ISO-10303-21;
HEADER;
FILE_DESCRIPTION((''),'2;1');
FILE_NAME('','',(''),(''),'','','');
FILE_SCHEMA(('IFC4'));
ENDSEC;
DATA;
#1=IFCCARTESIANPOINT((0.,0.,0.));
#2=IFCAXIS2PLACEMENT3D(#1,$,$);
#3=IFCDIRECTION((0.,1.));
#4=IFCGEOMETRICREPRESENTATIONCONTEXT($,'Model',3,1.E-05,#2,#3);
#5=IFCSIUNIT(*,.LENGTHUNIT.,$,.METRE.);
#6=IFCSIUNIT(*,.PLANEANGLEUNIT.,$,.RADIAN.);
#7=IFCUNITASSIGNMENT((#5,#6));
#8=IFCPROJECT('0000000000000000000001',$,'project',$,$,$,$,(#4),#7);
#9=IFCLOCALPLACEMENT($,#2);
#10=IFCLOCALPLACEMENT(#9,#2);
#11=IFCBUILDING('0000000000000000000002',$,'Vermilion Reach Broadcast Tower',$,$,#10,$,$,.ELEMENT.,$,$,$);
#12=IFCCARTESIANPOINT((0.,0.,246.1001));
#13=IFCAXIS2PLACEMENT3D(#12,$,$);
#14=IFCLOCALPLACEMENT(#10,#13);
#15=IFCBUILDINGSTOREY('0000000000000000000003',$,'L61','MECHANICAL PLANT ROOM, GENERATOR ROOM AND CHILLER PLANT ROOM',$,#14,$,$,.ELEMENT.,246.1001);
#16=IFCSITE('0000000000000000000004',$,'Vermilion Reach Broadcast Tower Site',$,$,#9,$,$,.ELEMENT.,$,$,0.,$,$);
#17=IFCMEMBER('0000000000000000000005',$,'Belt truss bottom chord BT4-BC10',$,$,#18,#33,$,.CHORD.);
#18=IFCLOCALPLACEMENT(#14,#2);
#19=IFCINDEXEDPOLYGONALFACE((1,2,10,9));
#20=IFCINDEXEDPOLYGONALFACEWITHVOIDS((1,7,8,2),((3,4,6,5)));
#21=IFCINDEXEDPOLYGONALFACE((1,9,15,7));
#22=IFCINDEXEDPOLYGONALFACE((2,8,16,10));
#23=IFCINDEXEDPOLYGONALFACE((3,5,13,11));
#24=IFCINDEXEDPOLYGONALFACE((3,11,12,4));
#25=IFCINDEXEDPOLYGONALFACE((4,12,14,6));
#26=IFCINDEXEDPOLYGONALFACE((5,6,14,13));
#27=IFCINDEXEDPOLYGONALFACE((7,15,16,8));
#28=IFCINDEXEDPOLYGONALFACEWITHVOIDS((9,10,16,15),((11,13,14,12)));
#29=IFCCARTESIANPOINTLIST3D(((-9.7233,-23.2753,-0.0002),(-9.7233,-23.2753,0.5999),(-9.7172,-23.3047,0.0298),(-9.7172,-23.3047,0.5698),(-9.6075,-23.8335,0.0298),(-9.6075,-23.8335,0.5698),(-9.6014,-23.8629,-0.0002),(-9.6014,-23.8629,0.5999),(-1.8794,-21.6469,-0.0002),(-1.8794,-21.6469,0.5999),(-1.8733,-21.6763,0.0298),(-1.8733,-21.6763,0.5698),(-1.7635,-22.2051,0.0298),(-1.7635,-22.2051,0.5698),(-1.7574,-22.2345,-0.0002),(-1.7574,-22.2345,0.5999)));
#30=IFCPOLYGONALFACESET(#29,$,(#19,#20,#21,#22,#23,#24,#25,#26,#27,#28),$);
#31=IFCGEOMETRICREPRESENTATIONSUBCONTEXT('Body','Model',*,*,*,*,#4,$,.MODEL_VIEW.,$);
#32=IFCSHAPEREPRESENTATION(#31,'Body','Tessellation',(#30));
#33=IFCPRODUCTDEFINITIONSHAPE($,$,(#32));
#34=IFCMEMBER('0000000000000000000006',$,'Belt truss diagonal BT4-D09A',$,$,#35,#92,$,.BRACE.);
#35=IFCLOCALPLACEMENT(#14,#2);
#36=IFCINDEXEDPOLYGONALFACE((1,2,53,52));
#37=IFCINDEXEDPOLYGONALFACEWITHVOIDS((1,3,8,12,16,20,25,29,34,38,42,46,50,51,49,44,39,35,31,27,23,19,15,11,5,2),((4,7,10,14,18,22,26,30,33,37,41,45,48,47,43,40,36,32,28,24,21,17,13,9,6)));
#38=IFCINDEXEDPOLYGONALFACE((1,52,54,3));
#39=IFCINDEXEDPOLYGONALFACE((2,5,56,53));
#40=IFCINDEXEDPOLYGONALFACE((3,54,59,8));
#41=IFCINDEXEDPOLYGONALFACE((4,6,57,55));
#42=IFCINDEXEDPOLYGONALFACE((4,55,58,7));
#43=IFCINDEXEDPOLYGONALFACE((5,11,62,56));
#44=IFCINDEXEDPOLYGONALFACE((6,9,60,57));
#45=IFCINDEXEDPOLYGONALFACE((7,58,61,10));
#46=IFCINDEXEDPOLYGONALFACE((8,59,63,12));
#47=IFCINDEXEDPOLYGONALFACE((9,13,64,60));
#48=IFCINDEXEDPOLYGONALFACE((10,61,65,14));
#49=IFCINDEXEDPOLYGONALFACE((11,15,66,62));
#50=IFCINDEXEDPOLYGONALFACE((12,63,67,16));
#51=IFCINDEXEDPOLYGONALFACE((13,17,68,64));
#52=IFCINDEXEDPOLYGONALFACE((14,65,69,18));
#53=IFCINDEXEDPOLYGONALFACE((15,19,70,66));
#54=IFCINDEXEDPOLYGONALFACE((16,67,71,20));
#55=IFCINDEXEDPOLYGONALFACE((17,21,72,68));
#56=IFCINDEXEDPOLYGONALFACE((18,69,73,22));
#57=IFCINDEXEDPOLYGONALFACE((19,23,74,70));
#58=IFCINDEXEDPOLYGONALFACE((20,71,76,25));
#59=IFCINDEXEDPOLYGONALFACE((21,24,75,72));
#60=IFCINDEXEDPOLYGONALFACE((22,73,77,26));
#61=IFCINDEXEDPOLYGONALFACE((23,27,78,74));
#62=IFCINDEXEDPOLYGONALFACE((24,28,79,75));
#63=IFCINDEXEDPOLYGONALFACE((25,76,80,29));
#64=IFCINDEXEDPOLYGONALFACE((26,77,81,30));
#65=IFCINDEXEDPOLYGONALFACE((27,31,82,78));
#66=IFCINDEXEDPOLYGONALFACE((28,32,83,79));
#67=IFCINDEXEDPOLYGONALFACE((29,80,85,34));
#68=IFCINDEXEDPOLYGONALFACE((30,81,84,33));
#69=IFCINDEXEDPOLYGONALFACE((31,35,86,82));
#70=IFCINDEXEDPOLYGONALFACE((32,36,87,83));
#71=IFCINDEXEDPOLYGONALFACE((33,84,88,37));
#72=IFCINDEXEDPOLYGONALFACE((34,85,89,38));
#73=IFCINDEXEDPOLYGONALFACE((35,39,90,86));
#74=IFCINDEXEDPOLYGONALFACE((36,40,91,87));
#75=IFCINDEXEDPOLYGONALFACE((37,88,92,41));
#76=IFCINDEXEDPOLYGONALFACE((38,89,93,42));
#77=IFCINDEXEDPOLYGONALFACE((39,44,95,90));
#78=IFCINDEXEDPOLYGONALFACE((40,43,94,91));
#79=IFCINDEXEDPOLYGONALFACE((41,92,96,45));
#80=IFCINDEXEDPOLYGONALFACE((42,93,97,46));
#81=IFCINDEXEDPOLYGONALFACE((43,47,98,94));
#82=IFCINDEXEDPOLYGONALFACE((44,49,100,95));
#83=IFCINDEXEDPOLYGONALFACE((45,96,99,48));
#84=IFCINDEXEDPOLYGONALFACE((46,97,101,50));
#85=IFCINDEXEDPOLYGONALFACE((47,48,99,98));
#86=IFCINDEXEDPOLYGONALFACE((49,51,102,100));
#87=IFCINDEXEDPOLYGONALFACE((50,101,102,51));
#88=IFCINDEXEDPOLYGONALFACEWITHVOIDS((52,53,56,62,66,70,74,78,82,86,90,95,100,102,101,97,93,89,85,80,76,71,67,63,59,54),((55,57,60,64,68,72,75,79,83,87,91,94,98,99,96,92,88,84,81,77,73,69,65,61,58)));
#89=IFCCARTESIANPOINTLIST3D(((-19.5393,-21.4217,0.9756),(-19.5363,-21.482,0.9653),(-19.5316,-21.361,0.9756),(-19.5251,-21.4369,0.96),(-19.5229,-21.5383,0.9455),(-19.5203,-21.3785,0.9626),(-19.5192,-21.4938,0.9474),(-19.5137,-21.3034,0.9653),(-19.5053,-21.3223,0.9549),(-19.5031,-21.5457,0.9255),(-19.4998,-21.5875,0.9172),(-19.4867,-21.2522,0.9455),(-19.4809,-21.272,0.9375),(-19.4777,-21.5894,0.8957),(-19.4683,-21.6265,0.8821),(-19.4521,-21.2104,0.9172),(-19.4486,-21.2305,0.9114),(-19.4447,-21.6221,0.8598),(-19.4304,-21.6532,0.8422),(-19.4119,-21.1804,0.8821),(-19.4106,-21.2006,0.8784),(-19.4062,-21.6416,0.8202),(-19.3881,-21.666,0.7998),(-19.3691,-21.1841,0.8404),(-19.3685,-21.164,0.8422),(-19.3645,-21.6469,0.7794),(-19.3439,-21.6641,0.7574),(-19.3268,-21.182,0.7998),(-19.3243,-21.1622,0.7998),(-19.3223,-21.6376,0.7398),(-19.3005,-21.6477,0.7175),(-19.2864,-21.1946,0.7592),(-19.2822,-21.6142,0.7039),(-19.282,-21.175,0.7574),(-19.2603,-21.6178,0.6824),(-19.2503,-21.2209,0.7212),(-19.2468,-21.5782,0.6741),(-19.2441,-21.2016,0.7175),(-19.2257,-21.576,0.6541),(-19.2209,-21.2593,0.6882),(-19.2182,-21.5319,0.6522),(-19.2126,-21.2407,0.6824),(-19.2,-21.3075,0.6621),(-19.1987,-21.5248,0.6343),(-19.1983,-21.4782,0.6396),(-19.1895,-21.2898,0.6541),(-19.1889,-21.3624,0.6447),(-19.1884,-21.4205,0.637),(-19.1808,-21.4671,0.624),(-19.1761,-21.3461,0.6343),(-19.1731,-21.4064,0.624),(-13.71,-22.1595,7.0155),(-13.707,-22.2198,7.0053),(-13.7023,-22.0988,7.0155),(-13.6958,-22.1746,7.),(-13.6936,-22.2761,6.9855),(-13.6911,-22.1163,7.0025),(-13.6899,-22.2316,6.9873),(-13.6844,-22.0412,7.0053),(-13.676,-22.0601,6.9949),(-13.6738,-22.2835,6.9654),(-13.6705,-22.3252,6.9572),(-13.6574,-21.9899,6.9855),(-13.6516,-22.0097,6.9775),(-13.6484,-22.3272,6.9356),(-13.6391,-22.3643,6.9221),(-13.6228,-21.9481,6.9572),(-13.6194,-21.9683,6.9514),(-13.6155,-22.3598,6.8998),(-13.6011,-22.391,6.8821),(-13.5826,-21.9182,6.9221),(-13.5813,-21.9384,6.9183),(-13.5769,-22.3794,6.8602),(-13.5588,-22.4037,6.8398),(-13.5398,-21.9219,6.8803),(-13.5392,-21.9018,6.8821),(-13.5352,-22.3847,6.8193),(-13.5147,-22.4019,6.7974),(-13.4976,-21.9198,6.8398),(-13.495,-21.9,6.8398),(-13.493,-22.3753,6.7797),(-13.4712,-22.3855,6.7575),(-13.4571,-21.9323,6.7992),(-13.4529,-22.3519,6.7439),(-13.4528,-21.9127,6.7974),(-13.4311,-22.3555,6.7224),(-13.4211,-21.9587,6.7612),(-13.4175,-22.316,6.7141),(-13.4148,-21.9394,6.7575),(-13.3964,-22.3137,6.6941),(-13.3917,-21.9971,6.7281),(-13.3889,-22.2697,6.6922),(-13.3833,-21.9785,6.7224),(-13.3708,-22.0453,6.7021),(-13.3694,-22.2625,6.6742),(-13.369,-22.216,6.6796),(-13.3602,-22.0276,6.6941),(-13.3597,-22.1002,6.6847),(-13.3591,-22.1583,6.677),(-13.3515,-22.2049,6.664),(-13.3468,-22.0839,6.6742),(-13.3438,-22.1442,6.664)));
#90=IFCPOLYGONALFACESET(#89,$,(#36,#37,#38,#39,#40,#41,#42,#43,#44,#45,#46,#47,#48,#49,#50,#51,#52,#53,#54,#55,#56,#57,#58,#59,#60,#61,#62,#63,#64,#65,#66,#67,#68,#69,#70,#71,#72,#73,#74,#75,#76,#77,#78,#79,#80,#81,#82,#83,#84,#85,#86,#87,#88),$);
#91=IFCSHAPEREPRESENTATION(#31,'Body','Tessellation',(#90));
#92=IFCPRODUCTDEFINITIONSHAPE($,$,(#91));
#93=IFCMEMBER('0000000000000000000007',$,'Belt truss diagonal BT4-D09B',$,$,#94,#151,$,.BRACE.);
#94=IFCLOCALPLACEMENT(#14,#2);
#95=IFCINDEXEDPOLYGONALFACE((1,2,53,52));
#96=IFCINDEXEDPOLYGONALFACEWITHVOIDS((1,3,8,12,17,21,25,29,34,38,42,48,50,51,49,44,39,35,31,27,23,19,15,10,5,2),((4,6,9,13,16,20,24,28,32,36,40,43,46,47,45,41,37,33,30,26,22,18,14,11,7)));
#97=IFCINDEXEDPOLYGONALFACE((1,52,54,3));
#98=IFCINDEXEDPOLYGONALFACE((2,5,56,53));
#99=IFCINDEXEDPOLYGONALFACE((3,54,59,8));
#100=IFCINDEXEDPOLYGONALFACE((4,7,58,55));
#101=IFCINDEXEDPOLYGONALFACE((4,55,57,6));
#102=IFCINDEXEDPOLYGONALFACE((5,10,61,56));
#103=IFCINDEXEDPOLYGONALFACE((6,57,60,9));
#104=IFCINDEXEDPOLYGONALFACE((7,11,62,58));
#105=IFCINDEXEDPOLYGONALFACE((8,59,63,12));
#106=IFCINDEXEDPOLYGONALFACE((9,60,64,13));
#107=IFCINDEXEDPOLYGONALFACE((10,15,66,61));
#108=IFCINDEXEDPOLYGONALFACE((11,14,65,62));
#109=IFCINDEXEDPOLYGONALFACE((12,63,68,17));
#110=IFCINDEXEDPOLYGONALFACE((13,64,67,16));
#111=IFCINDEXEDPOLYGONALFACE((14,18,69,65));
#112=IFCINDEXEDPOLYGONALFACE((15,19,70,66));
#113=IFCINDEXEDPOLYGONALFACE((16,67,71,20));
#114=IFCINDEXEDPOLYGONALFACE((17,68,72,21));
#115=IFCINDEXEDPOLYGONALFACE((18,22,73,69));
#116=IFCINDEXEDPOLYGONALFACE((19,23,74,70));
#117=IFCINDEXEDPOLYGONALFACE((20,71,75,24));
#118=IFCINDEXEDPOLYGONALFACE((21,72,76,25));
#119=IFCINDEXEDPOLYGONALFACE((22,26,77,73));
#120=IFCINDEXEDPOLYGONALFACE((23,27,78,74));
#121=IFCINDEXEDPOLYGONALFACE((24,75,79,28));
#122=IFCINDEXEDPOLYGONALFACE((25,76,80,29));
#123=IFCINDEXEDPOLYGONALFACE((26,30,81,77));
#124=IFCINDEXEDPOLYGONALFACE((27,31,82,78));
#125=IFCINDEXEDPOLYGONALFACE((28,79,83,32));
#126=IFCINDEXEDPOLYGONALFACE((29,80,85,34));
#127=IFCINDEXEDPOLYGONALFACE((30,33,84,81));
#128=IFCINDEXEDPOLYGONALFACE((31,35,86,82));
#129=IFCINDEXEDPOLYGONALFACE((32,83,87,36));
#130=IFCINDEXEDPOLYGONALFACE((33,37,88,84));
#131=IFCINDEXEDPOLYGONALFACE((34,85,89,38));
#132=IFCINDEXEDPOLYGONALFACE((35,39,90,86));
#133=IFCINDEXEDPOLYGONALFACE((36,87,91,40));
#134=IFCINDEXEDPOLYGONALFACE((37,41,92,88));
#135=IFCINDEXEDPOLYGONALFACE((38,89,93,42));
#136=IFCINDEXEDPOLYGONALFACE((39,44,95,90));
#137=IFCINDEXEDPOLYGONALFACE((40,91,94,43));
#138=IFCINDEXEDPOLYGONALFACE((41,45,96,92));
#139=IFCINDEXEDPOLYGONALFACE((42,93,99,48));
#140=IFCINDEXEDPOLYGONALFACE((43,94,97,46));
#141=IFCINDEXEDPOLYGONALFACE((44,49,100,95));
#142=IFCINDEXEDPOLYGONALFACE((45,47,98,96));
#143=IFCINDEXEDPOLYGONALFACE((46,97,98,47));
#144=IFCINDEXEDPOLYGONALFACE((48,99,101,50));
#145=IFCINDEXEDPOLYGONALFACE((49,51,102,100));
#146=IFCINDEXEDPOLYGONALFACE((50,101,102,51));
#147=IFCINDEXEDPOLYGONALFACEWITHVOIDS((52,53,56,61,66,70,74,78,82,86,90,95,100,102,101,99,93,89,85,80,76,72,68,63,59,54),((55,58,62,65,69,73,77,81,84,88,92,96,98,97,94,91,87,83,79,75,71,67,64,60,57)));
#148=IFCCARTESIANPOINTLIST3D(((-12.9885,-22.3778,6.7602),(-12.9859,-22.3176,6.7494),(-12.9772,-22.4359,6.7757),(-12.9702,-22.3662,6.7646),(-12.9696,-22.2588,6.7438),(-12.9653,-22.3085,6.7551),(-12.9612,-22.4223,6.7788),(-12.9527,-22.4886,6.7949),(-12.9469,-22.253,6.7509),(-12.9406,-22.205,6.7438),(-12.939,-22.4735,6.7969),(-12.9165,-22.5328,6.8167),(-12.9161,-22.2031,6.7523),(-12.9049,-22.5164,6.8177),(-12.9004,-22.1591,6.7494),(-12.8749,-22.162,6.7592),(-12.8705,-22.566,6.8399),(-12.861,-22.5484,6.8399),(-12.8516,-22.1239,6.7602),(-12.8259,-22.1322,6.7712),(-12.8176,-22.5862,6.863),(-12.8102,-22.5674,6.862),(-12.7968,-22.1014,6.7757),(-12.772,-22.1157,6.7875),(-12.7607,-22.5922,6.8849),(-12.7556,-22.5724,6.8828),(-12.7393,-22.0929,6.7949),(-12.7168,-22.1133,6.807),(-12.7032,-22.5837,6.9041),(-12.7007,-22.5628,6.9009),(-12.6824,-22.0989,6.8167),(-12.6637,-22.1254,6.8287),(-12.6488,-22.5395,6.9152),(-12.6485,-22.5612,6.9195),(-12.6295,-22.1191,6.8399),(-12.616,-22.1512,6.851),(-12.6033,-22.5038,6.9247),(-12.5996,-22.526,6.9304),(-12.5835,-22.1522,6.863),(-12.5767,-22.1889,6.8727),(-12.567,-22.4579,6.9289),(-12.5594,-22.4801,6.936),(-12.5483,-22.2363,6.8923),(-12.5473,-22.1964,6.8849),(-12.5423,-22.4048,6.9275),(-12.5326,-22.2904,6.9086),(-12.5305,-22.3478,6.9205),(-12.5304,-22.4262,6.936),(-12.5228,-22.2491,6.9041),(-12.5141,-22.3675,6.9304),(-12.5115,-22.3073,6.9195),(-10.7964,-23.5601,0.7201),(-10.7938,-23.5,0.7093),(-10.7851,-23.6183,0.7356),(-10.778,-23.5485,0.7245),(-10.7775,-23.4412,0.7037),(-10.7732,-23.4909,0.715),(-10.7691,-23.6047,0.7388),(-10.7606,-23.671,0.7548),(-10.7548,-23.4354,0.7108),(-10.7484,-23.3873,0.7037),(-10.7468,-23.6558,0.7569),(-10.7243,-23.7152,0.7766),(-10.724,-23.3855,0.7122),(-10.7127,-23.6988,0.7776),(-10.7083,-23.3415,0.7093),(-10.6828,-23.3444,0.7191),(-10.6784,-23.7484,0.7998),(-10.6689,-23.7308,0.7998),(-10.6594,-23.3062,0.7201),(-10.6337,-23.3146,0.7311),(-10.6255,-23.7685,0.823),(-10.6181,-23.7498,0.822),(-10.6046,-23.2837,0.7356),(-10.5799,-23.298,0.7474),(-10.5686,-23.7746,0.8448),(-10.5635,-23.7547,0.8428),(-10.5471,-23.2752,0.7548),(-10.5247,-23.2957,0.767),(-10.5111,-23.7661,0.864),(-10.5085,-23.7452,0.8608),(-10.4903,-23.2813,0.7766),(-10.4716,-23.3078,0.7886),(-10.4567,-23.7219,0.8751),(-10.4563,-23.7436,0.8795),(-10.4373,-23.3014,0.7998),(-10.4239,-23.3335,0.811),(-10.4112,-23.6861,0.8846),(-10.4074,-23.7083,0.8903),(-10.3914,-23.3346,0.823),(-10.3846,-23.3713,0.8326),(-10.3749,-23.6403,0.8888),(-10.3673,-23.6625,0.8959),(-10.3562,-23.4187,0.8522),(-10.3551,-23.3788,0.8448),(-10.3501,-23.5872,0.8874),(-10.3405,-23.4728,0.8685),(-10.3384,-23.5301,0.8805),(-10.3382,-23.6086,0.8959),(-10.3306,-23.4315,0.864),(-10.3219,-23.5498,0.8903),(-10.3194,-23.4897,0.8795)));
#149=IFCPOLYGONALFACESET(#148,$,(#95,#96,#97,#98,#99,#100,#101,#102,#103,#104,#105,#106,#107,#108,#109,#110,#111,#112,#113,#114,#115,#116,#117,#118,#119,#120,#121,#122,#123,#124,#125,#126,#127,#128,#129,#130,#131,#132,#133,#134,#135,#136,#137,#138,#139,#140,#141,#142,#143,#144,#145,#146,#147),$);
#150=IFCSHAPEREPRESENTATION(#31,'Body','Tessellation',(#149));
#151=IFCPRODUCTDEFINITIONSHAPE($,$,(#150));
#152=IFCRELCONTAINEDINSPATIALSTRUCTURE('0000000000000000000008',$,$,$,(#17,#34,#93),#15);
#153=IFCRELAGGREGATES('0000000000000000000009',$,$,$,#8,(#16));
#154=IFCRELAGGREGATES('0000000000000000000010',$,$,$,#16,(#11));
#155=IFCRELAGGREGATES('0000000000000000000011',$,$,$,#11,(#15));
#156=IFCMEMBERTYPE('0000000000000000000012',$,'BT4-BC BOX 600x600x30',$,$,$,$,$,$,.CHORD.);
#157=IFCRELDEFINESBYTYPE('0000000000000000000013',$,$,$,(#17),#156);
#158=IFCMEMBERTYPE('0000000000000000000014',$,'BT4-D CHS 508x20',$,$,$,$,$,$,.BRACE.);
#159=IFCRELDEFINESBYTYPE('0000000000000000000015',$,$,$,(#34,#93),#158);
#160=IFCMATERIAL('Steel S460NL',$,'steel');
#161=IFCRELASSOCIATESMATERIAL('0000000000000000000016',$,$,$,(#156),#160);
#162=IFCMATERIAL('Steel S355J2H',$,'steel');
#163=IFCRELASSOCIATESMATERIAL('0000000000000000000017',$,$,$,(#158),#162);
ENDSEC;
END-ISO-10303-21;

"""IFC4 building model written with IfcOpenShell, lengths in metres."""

from ifc_helpers import new_model, si_unit, direction, frame, origin, origin_2d, place, context, subcontext, project, spatial, hollow_rectangle, hollow_circle, extrude, material, material_profile, profile_set, type_object, element, save


model = new_model("IFC4")

# Units and contexts
model_context = context("Model", 3, precision=1e-05, world=origin(), true_north=direction((0.0, 1.0)))
body_context = subcontext(model_context, "Body", "Model", "MODEL_VIEW")
ifc_project = project(units=[si_unit("LENGTHUNIT", "METRE"), si_unit("PLANEANGLEUNIT", "RADIAN")], contexts=[model_context])

# Site, building, storey
site_placement = place(None, origin())
site = spatial("IfcSite", under=ifc_project, at=site_placement, Name="Vermilion Reach Broadcast Tower Site", CompositionType="ELEMENT", RefElevation=0.0)
building_placement = place(site_placement, origin())
building = spatial("IfcBuilding", under=site, at=building_placement, Name="Vermilion Reach Broadcast Tower", CompositionType="ELEMENT")
storey_placement = place(building_placement, frame((0.0, 0.0, 246.1001)))
storey = spatial("IfcBuildingStorey", under=building, at=storey_placement, Name="L61", Description="MECHANICAL PLANT ROOM, GENERATOR ROOM AND CHILLER PLANT ROOM", CompositionType="ELEMENT", Elevation=246.1001)

# Members
ifc_material_1 = material(Name="Steel S460NL", Category="steel")
ifc_material_profile_1 = material_profile(ifc_material_1, hollow_rectangle(XDim=0.6001, YDim=0.6001, WallThickness=0.03, at=origin_2d()), Name="S460NL BOX 600x600x30")
ifc_profile_set_1 = profile_set([ifc_material_profile_1], Name="Steel S460NL")
member_type_1 = type_object("IfcMemberType", Name="BT4-BC BOX 600x600x30", PredefinedType="CHORD", material=ifc_profile_set_1)
member_1_placement = place(storey_placement, frame((-9.6624, -23.5691, 0.2998), z_axis=(0.979123, 0.203267, 0.0), x_axis=(-0.203267, 0.979123, 0.0)))
element("IfcMember", 1, at=member_1_placement, inside=storey, type_object=member_type_1, Name="Belt truss bottom chord BT4-BC10", PredefinedType="CHORD", context=body_context, shape_type="SweptSolid", body=[
    extrude(hollow_rectangle(XDim=0.6001, YDim=0.6001, WallThickness=0.03, at=origin_2d()), origin(), (0.0, 0.0, 1.0), 8.0112),
])
ifc_material_2 = material(Name="Steel S355J2H", Category="steel")
ifc_material_profile_2 = material_profile(ifc_material_2, hollow_circle(Radius=0.2539, WallThickness=0.02, at=origin_2d()), Name="S355J2H CHS 508x20")
ifc_profile_set_2 = profile_set([ifc_material_profile_2], Name="Steel S355J2H")
member_type_2 = type_object("IfcMemberType", Name="BT4-D CHS 508x20", PredefinedType="BRACE", material=ifc_profile_set_2)
member_2_placement = place(storey_placement, frame((-19.3562, -21.4141, 0.7998), z_axis=(0.691779, -0.087555, 0.716782), x_axis=(0.125564, 0.992086, 0.0)))
element("IfcMember", 2, at=member_2_placement, inside=storey, type_object=member_type_2, Name="Belt truss diagonal BT4-D09A", PredefinedType="BRACE", context=body_context, shape_type="SweptSolid", body=[
    extrude(hollow_circle(Radius=0.2539, WallThickness=0.02, at=origin_2d()), origin(), (0.0, 0.0, 1.0), 8.4265),
])
member_3_placement = place(storey_placement, frame((-10.5579, -23.5249, 0.7998), z_axis=(-0.335527, 0.180973, 0.924484), x_axis=(-0.474719, -0.880137, 0.0)))
element("IfcMember", 3, at=member_3_placement, inside=storey, type_object=member_type_2, Name="Belt truss diagonal BT4-D09B", PredefinedType="BRACE", context=body_context, shape_type="SweptSolid", body=[
    extrude(hollow_circle(Radius=0.2539, WallThickness=0.02, at=origin_2d()), origin(), (0.0, 0.0, 1.0), 6.5334),
])

save(model, "model.ifc")
